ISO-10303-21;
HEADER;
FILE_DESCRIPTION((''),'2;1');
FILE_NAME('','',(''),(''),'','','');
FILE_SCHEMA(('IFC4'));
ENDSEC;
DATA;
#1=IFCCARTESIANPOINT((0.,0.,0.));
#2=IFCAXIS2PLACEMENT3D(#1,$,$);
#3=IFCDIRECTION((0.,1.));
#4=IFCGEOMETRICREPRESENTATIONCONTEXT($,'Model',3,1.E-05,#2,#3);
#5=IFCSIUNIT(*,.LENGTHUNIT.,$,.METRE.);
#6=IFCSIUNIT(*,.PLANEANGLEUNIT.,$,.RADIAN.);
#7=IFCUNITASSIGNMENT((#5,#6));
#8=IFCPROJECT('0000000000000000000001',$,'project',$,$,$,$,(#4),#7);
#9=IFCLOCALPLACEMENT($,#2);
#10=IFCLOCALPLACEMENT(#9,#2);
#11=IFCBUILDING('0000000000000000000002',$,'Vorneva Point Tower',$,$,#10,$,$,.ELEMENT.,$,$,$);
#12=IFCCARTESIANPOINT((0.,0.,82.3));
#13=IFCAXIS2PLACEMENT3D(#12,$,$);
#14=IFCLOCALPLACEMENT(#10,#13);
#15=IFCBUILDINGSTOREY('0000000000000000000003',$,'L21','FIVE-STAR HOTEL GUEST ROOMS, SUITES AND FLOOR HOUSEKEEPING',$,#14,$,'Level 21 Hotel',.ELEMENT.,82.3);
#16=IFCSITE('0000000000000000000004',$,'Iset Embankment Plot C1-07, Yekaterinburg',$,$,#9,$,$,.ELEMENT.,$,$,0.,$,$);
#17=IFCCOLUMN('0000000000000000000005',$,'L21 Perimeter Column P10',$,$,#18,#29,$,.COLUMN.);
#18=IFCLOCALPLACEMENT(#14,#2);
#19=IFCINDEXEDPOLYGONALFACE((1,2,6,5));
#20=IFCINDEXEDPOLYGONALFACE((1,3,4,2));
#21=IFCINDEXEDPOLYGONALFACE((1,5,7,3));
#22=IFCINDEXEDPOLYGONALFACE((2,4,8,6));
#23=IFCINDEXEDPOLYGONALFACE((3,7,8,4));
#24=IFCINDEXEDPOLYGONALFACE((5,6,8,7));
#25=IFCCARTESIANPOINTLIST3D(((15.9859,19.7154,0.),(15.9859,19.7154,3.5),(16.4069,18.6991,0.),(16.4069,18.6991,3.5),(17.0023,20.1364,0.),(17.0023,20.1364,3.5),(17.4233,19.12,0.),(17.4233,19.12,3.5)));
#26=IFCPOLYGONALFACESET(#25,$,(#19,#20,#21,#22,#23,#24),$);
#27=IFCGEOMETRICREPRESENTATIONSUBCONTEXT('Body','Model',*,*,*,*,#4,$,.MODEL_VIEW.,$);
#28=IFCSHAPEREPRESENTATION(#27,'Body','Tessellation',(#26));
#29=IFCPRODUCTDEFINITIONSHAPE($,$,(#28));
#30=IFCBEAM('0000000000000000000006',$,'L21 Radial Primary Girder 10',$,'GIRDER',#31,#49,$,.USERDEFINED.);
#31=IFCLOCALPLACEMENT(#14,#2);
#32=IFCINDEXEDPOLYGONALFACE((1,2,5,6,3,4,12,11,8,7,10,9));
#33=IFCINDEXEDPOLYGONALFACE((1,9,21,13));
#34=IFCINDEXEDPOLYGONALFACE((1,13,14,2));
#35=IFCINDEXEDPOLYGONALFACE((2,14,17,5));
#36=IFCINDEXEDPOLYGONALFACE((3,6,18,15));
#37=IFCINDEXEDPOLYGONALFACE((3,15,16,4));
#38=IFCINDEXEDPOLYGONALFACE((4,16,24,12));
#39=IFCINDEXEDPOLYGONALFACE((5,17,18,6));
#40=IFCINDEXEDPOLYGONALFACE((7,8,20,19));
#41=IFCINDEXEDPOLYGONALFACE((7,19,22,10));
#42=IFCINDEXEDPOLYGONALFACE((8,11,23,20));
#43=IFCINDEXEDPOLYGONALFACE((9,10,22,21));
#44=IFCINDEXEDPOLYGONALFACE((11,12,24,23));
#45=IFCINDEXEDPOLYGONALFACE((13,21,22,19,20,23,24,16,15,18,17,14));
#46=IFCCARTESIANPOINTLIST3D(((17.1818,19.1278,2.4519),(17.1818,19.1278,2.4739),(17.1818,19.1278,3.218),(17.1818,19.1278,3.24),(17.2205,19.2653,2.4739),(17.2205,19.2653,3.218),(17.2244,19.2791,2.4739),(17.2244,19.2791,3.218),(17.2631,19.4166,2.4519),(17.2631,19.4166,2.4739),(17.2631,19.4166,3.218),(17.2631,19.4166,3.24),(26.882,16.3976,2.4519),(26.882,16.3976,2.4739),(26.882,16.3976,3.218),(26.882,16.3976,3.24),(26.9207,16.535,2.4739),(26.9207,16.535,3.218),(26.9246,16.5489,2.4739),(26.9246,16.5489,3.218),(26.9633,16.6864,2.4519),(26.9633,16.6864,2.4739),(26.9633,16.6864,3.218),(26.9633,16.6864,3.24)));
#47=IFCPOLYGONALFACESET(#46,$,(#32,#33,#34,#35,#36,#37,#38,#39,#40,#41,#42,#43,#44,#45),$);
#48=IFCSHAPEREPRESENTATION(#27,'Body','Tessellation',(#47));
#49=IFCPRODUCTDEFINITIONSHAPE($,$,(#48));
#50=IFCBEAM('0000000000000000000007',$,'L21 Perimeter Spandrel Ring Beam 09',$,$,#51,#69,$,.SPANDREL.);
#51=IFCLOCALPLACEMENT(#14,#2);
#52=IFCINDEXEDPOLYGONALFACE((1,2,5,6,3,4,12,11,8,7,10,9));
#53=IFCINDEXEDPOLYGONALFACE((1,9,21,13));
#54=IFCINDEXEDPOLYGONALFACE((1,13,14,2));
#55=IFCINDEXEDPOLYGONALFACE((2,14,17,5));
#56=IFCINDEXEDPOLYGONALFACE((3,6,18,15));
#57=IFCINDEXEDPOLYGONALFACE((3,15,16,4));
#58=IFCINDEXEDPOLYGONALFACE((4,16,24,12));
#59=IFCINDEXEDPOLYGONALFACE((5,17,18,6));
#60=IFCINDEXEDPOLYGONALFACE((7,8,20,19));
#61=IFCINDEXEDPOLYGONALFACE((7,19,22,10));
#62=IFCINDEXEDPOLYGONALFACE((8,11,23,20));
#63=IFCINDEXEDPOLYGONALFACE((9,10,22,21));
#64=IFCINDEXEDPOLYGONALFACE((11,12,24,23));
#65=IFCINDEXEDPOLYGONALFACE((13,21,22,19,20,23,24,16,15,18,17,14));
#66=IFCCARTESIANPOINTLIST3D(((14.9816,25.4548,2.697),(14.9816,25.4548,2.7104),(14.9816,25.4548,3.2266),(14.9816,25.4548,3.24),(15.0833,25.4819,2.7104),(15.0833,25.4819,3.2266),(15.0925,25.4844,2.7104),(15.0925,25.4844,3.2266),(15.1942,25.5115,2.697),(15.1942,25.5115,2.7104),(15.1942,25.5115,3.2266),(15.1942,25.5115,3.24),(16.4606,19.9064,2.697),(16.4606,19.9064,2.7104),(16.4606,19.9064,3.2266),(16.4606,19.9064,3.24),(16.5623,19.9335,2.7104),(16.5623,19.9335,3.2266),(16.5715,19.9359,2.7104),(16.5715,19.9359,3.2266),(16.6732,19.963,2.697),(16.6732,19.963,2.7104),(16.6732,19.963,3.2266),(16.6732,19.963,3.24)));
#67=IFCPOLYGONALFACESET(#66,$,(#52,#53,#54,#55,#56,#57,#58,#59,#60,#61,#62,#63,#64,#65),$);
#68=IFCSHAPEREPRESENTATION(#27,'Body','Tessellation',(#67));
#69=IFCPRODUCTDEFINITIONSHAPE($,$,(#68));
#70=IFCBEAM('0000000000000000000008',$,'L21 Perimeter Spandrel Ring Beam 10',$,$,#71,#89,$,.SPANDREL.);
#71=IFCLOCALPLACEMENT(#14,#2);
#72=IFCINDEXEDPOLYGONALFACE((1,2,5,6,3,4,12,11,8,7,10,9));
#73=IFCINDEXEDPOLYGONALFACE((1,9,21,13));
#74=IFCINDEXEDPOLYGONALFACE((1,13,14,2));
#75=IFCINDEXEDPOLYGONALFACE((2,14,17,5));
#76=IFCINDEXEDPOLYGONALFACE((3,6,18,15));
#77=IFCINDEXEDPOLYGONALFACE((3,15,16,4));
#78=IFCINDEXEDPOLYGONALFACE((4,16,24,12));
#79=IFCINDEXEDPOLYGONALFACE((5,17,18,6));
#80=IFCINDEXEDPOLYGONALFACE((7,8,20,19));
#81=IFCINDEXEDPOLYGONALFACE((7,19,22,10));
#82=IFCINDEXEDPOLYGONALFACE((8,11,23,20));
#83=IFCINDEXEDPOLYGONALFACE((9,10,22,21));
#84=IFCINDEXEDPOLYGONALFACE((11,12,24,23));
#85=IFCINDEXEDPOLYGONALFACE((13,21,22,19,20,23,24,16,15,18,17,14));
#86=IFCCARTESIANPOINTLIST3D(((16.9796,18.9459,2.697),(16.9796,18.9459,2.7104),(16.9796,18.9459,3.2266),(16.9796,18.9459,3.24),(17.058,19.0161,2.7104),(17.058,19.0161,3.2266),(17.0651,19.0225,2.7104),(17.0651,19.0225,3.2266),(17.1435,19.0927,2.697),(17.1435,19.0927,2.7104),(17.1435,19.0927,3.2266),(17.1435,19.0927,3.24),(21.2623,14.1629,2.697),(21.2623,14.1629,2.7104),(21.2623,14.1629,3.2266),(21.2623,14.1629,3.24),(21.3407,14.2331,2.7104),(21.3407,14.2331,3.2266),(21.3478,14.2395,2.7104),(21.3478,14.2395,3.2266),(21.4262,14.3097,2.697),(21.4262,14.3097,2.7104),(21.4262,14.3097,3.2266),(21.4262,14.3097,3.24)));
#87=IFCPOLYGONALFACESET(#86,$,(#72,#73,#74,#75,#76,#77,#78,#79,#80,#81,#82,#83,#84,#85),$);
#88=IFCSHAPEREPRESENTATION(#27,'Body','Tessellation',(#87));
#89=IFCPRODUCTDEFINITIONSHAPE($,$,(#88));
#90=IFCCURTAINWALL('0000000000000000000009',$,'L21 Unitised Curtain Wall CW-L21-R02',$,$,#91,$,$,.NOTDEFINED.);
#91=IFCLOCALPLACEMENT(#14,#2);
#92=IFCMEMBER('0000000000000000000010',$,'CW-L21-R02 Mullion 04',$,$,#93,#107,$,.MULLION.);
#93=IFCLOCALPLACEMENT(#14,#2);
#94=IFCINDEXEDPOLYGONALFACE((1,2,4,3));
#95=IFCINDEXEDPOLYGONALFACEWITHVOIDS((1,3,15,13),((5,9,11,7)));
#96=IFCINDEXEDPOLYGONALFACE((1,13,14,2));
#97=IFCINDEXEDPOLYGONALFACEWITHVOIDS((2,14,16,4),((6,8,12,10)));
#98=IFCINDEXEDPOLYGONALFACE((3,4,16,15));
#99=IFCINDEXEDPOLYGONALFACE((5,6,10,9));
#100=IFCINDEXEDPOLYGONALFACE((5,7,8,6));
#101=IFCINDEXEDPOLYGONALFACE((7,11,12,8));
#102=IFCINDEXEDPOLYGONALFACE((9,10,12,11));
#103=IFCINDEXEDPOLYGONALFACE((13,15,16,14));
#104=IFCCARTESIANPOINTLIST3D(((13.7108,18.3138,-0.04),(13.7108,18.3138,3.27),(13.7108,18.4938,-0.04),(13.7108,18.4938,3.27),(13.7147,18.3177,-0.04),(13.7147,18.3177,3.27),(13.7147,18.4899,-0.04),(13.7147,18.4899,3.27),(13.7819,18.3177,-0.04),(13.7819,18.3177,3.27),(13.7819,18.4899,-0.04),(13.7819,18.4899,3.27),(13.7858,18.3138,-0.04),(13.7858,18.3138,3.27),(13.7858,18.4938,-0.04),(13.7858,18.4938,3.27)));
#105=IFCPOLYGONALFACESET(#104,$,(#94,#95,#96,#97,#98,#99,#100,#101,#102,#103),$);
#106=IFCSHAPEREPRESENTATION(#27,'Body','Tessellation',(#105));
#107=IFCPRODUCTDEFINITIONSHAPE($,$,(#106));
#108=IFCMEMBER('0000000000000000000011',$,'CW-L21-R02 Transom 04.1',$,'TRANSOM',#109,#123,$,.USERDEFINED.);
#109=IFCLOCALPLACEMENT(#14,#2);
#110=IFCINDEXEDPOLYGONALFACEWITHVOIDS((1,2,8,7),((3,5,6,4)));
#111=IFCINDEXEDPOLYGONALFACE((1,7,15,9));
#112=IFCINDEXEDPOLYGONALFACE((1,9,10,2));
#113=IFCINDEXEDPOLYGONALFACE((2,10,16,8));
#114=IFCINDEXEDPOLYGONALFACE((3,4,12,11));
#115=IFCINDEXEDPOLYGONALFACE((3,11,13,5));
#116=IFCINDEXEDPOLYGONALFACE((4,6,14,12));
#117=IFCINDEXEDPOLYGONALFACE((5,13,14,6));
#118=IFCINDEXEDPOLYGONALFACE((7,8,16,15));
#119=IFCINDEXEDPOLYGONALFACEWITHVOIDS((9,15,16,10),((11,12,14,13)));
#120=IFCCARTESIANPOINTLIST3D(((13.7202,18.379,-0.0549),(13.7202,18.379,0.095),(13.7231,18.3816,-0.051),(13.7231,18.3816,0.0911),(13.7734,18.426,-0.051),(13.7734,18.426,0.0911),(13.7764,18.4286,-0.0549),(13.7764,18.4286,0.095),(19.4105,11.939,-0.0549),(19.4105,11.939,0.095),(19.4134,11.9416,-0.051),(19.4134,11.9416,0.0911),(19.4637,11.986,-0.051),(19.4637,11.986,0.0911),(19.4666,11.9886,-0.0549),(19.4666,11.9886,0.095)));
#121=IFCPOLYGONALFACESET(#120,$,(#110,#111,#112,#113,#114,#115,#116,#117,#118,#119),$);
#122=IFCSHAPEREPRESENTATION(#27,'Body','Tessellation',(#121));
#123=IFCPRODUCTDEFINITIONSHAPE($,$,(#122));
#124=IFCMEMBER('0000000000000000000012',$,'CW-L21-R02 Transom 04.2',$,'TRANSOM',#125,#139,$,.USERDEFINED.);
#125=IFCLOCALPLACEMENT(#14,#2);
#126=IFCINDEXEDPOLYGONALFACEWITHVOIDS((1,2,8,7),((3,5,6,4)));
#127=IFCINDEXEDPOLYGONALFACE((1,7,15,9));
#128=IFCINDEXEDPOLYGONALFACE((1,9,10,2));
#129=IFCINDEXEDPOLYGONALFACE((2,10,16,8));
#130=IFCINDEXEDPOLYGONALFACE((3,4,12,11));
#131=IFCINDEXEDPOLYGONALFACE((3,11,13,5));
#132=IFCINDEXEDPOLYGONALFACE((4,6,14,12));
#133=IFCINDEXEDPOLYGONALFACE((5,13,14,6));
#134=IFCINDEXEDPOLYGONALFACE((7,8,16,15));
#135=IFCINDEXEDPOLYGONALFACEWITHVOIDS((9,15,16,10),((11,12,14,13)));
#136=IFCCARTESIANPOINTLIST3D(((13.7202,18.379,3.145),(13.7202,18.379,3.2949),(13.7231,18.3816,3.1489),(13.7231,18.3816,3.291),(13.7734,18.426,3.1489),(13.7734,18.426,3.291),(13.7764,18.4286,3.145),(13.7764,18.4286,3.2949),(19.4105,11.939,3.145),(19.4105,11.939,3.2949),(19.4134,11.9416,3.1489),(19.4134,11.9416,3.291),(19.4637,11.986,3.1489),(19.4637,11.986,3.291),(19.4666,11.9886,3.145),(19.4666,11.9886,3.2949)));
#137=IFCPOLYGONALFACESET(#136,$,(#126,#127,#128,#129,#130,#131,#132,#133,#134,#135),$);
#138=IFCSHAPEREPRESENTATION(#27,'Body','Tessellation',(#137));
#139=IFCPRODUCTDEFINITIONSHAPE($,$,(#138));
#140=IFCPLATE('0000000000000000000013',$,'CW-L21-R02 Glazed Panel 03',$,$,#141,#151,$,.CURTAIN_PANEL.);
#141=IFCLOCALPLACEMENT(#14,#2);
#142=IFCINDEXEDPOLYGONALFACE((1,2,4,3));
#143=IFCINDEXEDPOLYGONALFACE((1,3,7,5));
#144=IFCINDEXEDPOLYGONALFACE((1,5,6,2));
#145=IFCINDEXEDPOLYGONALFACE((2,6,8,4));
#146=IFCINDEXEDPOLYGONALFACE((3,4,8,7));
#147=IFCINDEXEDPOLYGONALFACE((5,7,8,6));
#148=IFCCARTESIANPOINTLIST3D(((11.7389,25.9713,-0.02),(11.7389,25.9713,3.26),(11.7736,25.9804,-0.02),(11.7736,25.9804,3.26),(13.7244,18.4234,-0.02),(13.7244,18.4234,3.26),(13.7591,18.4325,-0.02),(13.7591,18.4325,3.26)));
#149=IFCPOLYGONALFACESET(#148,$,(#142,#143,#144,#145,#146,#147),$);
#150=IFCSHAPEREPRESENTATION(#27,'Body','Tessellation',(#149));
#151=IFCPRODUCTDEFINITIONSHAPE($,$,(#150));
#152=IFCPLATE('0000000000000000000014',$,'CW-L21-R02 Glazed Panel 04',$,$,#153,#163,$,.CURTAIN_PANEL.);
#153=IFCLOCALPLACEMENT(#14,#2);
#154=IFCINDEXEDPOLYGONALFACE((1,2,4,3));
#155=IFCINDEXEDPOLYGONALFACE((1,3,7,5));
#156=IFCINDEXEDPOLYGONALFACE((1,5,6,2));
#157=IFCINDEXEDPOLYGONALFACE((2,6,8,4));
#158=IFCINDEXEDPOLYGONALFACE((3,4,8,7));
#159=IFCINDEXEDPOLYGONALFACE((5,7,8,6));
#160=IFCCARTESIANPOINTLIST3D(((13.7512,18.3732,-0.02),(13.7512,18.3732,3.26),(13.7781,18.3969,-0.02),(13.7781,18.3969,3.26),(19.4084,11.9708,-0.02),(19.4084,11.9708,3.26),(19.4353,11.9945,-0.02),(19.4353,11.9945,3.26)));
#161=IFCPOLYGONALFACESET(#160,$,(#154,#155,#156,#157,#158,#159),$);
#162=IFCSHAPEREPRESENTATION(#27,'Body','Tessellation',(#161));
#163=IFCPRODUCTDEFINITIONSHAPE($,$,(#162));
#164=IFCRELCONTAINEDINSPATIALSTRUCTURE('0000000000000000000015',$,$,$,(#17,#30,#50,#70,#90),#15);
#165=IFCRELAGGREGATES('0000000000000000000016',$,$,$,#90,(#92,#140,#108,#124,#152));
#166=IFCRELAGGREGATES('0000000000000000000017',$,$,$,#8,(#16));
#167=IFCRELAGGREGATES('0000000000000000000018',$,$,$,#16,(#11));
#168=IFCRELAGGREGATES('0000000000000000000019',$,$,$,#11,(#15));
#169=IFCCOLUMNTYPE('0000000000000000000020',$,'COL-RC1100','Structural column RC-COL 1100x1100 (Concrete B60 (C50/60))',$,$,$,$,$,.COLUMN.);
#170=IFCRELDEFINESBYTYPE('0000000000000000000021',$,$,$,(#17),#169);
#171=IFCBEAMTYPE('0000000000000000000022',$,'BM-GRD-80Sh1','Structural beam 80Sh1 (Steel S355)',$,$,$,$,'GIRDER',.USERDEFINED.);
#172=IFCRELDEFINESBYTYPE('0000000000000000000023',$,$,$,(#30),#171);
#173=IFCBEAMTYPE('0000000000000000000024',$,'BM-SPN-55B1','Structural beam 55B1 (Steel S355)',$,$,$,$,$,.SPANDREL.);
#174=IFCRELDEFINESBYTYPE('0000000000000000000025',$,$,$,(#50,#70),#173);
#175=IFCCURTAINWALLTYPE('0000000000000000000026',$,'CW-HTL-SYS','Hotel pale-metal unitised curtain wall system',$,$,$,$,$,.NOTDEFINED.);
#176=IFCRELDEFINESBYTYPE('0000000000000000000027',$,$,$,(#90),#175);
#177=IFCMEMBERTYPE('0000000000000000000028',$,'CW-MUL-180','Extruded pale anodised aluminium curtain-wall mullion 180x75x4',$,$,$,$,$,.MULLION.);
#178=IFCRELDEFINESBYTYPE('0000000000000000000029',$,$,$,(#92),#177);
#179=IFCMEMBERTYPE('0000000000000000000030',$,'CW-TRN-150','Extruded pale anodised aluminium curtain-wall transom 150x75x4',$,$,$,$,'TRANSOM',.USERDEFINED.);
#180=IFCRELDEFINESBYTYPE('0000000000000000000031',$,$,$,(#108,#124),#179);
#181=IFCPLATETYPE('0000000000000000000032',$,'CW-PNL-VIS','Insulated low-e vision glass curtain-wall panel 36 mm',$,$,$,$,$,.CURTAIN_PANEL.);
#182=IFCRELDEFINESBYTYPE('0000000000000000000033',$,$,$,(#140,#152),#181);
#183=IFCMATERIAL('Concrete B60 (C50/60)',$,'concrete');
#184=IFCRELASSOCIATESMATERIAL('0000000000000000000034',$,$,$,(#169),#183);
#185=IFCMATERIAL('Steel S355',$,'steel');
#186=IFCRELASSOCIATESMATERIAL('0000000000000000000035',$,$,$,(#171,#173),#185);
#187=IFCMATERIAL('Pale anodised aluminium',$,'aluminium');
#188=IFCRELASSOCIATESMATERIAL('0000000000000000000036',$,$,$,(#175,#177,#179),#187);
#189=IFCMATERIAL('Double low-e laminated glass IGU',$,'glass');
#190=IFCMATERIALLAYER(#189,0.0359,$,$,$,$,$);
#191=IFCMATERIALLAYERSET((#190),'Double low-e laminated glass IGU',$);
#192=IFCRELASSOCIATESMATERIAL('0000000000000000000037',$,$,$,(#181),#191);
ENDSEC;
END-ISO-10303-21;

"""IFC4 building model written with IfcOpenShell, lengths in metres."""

from ifc_helpers import new_model, si_unit, direction, frame, origin, origin_2d, place, context, subcontext, project, spatial, rectangle, hollow_rectangle, i_section, extrude, material, layer, layer_set, material_profile, profile_set, type_object, element, aggregate, save


model = new_model("IFC4")

# Units and contexts
model_context = context("Model", 3, precision=1e-05, world=origin(), true_north=direction((0.0, 1.0)))
body_context = subcontext(model_context, "Body", "Model", "MODEL_VIEW")
ifc_project = project(units=[si_unit("LENGTHUNIT", "METRE"), si_unit("PLANEANGLEUNIT", "RADIAN")], contexts=[model_context])

# Site, building, storey
site_placement = place(None, origin())
site = spatial("IfcSite", under=ifc_project, at=site_placement, Name="Iset Embankment Plot C1-07, Yekaterinburg", CompositionType="ELEMENT", RefElevation=0.0)
building_placement = place(site_placement, origin())
building = spatial("IfcBuilding", under=site, at=building_placement, Name="Vorneva Point Tower", CompositionType="ELEMENT")
storey_placement = place(building_placement, frame((0.0, 0.0, 82.3)))
storey = spatial("IfcBuildingStorey", under=building, at=storey_placement, Name="L21", Description="FIVE-STAR HOTEL GUEST ROOMS, SUITES AND FLOOR HOUSEKEEPING", LongName="Level 21 Hotel", CompositionType="ELEMENT", Elevation=82.3)

# Column
ifc_material_1 = material(Name="Concrete B60 (C50/60)", Category="concrete")
ifc_material_profile_1 = material_profile(ifc_material_1, rectangle(XDim=1.1001, YDim=1.1001, at=origin_2d()), Name="RC-COL 1100x1100")
ifc_profile_set_1 = profile_set([ifc_material_profile_1], Name="Concrete B60 (C50/60)")
column_type = type_object("IfcColumnType", Name="COL-RC1100", Description="Structural column RC-COL 1100x1100 (Concrete B60 (C50/60))", PredefinedType="COLUMN", material=ifc_profile_set_1)
column_placement = place(storey_placement, frame((16.7046, 19.4177, 0.0), z_axis=(0.0, 0.0, 1.0), x_axis=(-0.92388, -0.382683, 0.0)))
element("IfcColumn", 1, at=column_placement, inside=storey, type_object=column_type, Name="L21 Perimeter Column P10", PredefinedType="COLUMN", context=body_context, shape_type="SweptSolid", body=[
    extrude(rectangle(XDim=1.1001, YDim=1.1001, at=origin_2d()), origin(), (0.0, 0.0, 1.0), 3.5),
])

# Beams
ifc_material_2 = material(Name="Steel S355", Category="steel")
ifc_material_profile_2 = material_profile(ifc_material_2, i_section(OverallWidth=0.3, OverallDepth=0.7881, WebThickness=0.0144, FlangeThickness=0.022, at=origin_2d()), Name="80Sh1")
ifc_profile_set_2 = profile_set([ifc_material_profile_2], Name="Steel S355")
beam_type_1 = type_object("IfcBeamType", Name="BM-GRD-80Sh1", Description="Structural beam 80Sh1 (Steel S355)", ElementType="GIRDER", PredefinedType="USERDEFINED", material=ifc_profile_set_2)
beam_1_placement = place(storey_placement, frame((17.2224, 19.2722, 2.8459), z_axis=(0.962598, -0.270934, 0.0), x_axis=(0.270934, 0.962598, 0.0)))
element("IfcBeam", 2, at=beam_1_placement, inside=storey, type_object=beam_type_1, Name="L21 Radial Primary Girder 10", ObjectType="GIRDER", PredefinedType="USERDEFINED", context=body_context, shape_type="SweptSolid", body=[
    extrude(i_section(OverallWidth=0.3, OverallDepth=0.7881, WebThickness=0.0144, FlangeThickness=0.022, at=origin_2d()), origin(), (0.0, 0.0, 1.0), 10.0771),
])
ifc_material_profile_3 = material_profile(ifc_material_2, i_section(OverallWidth=0.22, OverallDepth=0.543, WebThickness=0.0095, FlangeThickness=0.0134, at=origin_2d()), Name="55B1")
ifc_profile_set_3 = profile_set([ifc_material_profile_3], Name="Steel S355")
beam_type_2 = type_object("IfcBeamType", Name="BM-SPN-55B1", Description="Structural beam 55B1 (Steel S355)", PredefinedType="SPANDREL", material=ifc_profile_set_3)
beam_2_placement = place(storey_placement, frame((15.0879, 25.4832, 2.9685), z_axis=(0.257573, -0.966259, 0.0), x_axis=(0.966259, 0.257573, 0.0)))
element("IfcBeam", 3, at=beam_2_placement, inside=storey, type_object=beam_type_2, Name="L21 Perimeter Spandrel Ring Beam 09", PredefinedType="SPANDREL", context=body_context, shape_type="SweptSolid", body=[
    extrude(i_section(OverallWidth=0.22, OverallDepth=0.543, WebThickness=0.0095, FlangeThickness=0.0134, at=origin_2d()), origin(), (0.0, 0.0, 1.0), 5.7422),
])
beam_3_placement = place(storey_placement, frame((17.0615, 19.0193, 2.9685), z_axis=(0.667074, -0.744992, 0.0), x_axis=(0.744992, 0.667074, 0.0)))
element("IfcBeam", 4, at=beam_3_placement, inside=storey, type_object=beam_type_2, Name="L21 Perimeter Spandrel Ring Beam 10", PredefinedType="SPANDREL", context=body_context, shape_type="SweptSolid", body=[
    extrude(i_section(OverallWidth=0.22, OverallDepth=0.543, WebThickness=0.0095, FlangeThickness=0.0134, at=origin_2d()), origin(), (0.0, 0.0, 1.0), 6.4202),
])

# Curtain wall, members, plates
ifc_material_3 = material(Name="Pale anodised aluminium", Category="aluminium")
curtain_wall_type = type_object("IfcCurtainWallType", Name="CW-HTL-SYS", Description="Hotel pale-metal unitised curtain wall system", PredefinedType="NOTDEFINED", material=ifc_material_3)
curtain_wall_placement = place(storey_placement, origin())
curtain_wall = element("IfcCurtainWall", 5, at=curtain_wall_placement, inside=storey, type_object=curtain_wall_type, Name="L21 Unitised Curtain Wall CW-L21-R02", PredefinedType="NOTDEFINED")
ifc_material_profile_4 = material_profile(ifc_material_3, hollow_rectangle(XDim=0.075, YDim=0.1799, WallThickness=0.0039, at=origin_2d()), Name="AL-MUL 180x75x4")
ifc_profile_set_4 = profile_set([ifc_material_profile_4], Name="Pale anodised aluminium")
member_type_1 = type_object("IfcMemberType", Name="CW-MUL-180", Description="Extruded pale anodised aluminium curtain-wall mullion 180x75x4", PredefinedType="MULLION", material=ifc_profile_set_4)
member_1_placement = place(storey_placement, frame((13.7483, 18.4038, -0.04), z_axis=(0.0, 0.0, 1.0), x_axis=(1.0, 0.0, 0.0)))
member_1 = element("IfcMember", 6, at=member_1_placement, type_object=member_type_1, Name="CW-L21-R02 Mullion 04", PredefinedType="MULLION", context=body_context, shape_type="SweptSolid", body=[
    extrude(hollow_rectangle(XDim=0.075, YDim=0.1799, WallThickness=0.0039, at=origin_2d()), origin(), (0.0, 0.0, 1.0), 3.3101),
])
ifc_material_profile_5 = material_profile(ifc_material_3, hollow_rectangle(XDim=0.075, YDim=0.1499, WallThickness=0.0039, at=origin_2d()), Name="AL-TRN 150x75x4")
ifc_profile_set_5 = profile_set([ifc_material_profile_5], Name="Pale anodised aluminium")
member_type_2 = type_object("IfcMemberType", Name="CW-TRN-150", Description="Extruded pale anodised aluminium curtain-wall transom 150x75x4", ElementType="TRANSOM", PredefinedType="USERDEFINED", material=ifc_profile_set_5)
member_2_placement = place(storey_placement, frame((13.7483, 18.4038, 0.02), z_axis=(0.662137, -0.749383, 0.0), x_axis=(0.749383, 0.662137, 0.0)))
member_2 = element("IfcMember", 7, at=member_2_placement, type_object=member_type_2, Name="CW-L21-R02 Transom 04.1", ObjectType="TRANSOM", PredefinedType="USERDEFINED", context=body_context, shape_type="SweptSolid", body=[
    extrude(hollow_rectangle(XDim=0.075, YDim=0.1499, WallThickness=0.0039, at=origin_2d()), origin(), (0.0, 0.0, 1.0), 8.5938),
])
member_3_placement = place(storey_placement, frame((13.7483, 18.4038, 3.22), z_axis=(0.662137, -0.749383, 0.0), x_axis=(0.749383, 0.662137, 0.0)))
member_3 = element("IfcMember", 8, at=member_3_placement, type_object=member_type_2, Name="CW-L21-R02 Transom 04.2", ObjectType="TRANSOM", PredefinedType="USERDEFINED", context=body_context, shape_type="SweptSolid", body=[
    extrude(hollow_rectangle(XDim=0.075, YDim=0.1499, WallThickness=0.0039, at=origin_2d()), origin(), (0.0, 0.0, 1.0), 8.5938),
])
ifc_material_4 = material(Name="Double low-e laminated glass IGU", Category="glass")
ifc_layer_1 = layer(ifc_material_4, 0.0359)
ifc_layer_set_1 = layer_set([ifc_layer_1], Name="Double low-e laminated glass IGU")
plate_type = type_object("IfcPlateType", Name="CW-PNL-VIS", Description="Insulated low-e vision glass curtain-wall panel 36 mm", PredefinedType="CURTAIN_PANEL", material=ifc_layer_set_1)
plate_1_placement = place(storey_placement, frame((12.749, 22.2019, -0.02), z_axis=(0.0, 0.0, 1.0), x_axis=(0.254399, -0.967099, 0.0)))
plate_1 = element("IfcPlate", 9, at=plate_1_placement, type_object=plate_type, Name="CW-L21-R02 Glazed Panel 03", PredefinedType="CURTAIN_PANEL", context=body_context, shape_type="SweptSolid", body=[
    extrude(rectangle(XDim=7.8047, YDim=0.0359, at=origin_2d()), origin(), (0.0, 0.0, 1.0), 3.28),
])
plate_2_placement = place(storey_placement, frame((16.5933, 15.1838, -0.02), z_axis=(0.0, 0.0, 1.0), x_axis=(0.662149, -0.749372, 0.0)))
plate_2 = element("IfcPlate", 10, at=plate_2_placement, type_object=plate_type, Name="CW-L21-R02 Glazed Panel 04", PredefinedType="CURTAIN_PANEL", context=body_context, shape_type="SweptSolid", body=[
    extrude(rectangle(XDim=8.5437, YDim=0.0359, at=origin_2d()), origin(), (0.0, 0.0, 1.0), 3.28),
])
aggregate(curtain_wall, [member_1, plate_1, member_2, member_3, plate_2])

save(model, "model.ifc")
